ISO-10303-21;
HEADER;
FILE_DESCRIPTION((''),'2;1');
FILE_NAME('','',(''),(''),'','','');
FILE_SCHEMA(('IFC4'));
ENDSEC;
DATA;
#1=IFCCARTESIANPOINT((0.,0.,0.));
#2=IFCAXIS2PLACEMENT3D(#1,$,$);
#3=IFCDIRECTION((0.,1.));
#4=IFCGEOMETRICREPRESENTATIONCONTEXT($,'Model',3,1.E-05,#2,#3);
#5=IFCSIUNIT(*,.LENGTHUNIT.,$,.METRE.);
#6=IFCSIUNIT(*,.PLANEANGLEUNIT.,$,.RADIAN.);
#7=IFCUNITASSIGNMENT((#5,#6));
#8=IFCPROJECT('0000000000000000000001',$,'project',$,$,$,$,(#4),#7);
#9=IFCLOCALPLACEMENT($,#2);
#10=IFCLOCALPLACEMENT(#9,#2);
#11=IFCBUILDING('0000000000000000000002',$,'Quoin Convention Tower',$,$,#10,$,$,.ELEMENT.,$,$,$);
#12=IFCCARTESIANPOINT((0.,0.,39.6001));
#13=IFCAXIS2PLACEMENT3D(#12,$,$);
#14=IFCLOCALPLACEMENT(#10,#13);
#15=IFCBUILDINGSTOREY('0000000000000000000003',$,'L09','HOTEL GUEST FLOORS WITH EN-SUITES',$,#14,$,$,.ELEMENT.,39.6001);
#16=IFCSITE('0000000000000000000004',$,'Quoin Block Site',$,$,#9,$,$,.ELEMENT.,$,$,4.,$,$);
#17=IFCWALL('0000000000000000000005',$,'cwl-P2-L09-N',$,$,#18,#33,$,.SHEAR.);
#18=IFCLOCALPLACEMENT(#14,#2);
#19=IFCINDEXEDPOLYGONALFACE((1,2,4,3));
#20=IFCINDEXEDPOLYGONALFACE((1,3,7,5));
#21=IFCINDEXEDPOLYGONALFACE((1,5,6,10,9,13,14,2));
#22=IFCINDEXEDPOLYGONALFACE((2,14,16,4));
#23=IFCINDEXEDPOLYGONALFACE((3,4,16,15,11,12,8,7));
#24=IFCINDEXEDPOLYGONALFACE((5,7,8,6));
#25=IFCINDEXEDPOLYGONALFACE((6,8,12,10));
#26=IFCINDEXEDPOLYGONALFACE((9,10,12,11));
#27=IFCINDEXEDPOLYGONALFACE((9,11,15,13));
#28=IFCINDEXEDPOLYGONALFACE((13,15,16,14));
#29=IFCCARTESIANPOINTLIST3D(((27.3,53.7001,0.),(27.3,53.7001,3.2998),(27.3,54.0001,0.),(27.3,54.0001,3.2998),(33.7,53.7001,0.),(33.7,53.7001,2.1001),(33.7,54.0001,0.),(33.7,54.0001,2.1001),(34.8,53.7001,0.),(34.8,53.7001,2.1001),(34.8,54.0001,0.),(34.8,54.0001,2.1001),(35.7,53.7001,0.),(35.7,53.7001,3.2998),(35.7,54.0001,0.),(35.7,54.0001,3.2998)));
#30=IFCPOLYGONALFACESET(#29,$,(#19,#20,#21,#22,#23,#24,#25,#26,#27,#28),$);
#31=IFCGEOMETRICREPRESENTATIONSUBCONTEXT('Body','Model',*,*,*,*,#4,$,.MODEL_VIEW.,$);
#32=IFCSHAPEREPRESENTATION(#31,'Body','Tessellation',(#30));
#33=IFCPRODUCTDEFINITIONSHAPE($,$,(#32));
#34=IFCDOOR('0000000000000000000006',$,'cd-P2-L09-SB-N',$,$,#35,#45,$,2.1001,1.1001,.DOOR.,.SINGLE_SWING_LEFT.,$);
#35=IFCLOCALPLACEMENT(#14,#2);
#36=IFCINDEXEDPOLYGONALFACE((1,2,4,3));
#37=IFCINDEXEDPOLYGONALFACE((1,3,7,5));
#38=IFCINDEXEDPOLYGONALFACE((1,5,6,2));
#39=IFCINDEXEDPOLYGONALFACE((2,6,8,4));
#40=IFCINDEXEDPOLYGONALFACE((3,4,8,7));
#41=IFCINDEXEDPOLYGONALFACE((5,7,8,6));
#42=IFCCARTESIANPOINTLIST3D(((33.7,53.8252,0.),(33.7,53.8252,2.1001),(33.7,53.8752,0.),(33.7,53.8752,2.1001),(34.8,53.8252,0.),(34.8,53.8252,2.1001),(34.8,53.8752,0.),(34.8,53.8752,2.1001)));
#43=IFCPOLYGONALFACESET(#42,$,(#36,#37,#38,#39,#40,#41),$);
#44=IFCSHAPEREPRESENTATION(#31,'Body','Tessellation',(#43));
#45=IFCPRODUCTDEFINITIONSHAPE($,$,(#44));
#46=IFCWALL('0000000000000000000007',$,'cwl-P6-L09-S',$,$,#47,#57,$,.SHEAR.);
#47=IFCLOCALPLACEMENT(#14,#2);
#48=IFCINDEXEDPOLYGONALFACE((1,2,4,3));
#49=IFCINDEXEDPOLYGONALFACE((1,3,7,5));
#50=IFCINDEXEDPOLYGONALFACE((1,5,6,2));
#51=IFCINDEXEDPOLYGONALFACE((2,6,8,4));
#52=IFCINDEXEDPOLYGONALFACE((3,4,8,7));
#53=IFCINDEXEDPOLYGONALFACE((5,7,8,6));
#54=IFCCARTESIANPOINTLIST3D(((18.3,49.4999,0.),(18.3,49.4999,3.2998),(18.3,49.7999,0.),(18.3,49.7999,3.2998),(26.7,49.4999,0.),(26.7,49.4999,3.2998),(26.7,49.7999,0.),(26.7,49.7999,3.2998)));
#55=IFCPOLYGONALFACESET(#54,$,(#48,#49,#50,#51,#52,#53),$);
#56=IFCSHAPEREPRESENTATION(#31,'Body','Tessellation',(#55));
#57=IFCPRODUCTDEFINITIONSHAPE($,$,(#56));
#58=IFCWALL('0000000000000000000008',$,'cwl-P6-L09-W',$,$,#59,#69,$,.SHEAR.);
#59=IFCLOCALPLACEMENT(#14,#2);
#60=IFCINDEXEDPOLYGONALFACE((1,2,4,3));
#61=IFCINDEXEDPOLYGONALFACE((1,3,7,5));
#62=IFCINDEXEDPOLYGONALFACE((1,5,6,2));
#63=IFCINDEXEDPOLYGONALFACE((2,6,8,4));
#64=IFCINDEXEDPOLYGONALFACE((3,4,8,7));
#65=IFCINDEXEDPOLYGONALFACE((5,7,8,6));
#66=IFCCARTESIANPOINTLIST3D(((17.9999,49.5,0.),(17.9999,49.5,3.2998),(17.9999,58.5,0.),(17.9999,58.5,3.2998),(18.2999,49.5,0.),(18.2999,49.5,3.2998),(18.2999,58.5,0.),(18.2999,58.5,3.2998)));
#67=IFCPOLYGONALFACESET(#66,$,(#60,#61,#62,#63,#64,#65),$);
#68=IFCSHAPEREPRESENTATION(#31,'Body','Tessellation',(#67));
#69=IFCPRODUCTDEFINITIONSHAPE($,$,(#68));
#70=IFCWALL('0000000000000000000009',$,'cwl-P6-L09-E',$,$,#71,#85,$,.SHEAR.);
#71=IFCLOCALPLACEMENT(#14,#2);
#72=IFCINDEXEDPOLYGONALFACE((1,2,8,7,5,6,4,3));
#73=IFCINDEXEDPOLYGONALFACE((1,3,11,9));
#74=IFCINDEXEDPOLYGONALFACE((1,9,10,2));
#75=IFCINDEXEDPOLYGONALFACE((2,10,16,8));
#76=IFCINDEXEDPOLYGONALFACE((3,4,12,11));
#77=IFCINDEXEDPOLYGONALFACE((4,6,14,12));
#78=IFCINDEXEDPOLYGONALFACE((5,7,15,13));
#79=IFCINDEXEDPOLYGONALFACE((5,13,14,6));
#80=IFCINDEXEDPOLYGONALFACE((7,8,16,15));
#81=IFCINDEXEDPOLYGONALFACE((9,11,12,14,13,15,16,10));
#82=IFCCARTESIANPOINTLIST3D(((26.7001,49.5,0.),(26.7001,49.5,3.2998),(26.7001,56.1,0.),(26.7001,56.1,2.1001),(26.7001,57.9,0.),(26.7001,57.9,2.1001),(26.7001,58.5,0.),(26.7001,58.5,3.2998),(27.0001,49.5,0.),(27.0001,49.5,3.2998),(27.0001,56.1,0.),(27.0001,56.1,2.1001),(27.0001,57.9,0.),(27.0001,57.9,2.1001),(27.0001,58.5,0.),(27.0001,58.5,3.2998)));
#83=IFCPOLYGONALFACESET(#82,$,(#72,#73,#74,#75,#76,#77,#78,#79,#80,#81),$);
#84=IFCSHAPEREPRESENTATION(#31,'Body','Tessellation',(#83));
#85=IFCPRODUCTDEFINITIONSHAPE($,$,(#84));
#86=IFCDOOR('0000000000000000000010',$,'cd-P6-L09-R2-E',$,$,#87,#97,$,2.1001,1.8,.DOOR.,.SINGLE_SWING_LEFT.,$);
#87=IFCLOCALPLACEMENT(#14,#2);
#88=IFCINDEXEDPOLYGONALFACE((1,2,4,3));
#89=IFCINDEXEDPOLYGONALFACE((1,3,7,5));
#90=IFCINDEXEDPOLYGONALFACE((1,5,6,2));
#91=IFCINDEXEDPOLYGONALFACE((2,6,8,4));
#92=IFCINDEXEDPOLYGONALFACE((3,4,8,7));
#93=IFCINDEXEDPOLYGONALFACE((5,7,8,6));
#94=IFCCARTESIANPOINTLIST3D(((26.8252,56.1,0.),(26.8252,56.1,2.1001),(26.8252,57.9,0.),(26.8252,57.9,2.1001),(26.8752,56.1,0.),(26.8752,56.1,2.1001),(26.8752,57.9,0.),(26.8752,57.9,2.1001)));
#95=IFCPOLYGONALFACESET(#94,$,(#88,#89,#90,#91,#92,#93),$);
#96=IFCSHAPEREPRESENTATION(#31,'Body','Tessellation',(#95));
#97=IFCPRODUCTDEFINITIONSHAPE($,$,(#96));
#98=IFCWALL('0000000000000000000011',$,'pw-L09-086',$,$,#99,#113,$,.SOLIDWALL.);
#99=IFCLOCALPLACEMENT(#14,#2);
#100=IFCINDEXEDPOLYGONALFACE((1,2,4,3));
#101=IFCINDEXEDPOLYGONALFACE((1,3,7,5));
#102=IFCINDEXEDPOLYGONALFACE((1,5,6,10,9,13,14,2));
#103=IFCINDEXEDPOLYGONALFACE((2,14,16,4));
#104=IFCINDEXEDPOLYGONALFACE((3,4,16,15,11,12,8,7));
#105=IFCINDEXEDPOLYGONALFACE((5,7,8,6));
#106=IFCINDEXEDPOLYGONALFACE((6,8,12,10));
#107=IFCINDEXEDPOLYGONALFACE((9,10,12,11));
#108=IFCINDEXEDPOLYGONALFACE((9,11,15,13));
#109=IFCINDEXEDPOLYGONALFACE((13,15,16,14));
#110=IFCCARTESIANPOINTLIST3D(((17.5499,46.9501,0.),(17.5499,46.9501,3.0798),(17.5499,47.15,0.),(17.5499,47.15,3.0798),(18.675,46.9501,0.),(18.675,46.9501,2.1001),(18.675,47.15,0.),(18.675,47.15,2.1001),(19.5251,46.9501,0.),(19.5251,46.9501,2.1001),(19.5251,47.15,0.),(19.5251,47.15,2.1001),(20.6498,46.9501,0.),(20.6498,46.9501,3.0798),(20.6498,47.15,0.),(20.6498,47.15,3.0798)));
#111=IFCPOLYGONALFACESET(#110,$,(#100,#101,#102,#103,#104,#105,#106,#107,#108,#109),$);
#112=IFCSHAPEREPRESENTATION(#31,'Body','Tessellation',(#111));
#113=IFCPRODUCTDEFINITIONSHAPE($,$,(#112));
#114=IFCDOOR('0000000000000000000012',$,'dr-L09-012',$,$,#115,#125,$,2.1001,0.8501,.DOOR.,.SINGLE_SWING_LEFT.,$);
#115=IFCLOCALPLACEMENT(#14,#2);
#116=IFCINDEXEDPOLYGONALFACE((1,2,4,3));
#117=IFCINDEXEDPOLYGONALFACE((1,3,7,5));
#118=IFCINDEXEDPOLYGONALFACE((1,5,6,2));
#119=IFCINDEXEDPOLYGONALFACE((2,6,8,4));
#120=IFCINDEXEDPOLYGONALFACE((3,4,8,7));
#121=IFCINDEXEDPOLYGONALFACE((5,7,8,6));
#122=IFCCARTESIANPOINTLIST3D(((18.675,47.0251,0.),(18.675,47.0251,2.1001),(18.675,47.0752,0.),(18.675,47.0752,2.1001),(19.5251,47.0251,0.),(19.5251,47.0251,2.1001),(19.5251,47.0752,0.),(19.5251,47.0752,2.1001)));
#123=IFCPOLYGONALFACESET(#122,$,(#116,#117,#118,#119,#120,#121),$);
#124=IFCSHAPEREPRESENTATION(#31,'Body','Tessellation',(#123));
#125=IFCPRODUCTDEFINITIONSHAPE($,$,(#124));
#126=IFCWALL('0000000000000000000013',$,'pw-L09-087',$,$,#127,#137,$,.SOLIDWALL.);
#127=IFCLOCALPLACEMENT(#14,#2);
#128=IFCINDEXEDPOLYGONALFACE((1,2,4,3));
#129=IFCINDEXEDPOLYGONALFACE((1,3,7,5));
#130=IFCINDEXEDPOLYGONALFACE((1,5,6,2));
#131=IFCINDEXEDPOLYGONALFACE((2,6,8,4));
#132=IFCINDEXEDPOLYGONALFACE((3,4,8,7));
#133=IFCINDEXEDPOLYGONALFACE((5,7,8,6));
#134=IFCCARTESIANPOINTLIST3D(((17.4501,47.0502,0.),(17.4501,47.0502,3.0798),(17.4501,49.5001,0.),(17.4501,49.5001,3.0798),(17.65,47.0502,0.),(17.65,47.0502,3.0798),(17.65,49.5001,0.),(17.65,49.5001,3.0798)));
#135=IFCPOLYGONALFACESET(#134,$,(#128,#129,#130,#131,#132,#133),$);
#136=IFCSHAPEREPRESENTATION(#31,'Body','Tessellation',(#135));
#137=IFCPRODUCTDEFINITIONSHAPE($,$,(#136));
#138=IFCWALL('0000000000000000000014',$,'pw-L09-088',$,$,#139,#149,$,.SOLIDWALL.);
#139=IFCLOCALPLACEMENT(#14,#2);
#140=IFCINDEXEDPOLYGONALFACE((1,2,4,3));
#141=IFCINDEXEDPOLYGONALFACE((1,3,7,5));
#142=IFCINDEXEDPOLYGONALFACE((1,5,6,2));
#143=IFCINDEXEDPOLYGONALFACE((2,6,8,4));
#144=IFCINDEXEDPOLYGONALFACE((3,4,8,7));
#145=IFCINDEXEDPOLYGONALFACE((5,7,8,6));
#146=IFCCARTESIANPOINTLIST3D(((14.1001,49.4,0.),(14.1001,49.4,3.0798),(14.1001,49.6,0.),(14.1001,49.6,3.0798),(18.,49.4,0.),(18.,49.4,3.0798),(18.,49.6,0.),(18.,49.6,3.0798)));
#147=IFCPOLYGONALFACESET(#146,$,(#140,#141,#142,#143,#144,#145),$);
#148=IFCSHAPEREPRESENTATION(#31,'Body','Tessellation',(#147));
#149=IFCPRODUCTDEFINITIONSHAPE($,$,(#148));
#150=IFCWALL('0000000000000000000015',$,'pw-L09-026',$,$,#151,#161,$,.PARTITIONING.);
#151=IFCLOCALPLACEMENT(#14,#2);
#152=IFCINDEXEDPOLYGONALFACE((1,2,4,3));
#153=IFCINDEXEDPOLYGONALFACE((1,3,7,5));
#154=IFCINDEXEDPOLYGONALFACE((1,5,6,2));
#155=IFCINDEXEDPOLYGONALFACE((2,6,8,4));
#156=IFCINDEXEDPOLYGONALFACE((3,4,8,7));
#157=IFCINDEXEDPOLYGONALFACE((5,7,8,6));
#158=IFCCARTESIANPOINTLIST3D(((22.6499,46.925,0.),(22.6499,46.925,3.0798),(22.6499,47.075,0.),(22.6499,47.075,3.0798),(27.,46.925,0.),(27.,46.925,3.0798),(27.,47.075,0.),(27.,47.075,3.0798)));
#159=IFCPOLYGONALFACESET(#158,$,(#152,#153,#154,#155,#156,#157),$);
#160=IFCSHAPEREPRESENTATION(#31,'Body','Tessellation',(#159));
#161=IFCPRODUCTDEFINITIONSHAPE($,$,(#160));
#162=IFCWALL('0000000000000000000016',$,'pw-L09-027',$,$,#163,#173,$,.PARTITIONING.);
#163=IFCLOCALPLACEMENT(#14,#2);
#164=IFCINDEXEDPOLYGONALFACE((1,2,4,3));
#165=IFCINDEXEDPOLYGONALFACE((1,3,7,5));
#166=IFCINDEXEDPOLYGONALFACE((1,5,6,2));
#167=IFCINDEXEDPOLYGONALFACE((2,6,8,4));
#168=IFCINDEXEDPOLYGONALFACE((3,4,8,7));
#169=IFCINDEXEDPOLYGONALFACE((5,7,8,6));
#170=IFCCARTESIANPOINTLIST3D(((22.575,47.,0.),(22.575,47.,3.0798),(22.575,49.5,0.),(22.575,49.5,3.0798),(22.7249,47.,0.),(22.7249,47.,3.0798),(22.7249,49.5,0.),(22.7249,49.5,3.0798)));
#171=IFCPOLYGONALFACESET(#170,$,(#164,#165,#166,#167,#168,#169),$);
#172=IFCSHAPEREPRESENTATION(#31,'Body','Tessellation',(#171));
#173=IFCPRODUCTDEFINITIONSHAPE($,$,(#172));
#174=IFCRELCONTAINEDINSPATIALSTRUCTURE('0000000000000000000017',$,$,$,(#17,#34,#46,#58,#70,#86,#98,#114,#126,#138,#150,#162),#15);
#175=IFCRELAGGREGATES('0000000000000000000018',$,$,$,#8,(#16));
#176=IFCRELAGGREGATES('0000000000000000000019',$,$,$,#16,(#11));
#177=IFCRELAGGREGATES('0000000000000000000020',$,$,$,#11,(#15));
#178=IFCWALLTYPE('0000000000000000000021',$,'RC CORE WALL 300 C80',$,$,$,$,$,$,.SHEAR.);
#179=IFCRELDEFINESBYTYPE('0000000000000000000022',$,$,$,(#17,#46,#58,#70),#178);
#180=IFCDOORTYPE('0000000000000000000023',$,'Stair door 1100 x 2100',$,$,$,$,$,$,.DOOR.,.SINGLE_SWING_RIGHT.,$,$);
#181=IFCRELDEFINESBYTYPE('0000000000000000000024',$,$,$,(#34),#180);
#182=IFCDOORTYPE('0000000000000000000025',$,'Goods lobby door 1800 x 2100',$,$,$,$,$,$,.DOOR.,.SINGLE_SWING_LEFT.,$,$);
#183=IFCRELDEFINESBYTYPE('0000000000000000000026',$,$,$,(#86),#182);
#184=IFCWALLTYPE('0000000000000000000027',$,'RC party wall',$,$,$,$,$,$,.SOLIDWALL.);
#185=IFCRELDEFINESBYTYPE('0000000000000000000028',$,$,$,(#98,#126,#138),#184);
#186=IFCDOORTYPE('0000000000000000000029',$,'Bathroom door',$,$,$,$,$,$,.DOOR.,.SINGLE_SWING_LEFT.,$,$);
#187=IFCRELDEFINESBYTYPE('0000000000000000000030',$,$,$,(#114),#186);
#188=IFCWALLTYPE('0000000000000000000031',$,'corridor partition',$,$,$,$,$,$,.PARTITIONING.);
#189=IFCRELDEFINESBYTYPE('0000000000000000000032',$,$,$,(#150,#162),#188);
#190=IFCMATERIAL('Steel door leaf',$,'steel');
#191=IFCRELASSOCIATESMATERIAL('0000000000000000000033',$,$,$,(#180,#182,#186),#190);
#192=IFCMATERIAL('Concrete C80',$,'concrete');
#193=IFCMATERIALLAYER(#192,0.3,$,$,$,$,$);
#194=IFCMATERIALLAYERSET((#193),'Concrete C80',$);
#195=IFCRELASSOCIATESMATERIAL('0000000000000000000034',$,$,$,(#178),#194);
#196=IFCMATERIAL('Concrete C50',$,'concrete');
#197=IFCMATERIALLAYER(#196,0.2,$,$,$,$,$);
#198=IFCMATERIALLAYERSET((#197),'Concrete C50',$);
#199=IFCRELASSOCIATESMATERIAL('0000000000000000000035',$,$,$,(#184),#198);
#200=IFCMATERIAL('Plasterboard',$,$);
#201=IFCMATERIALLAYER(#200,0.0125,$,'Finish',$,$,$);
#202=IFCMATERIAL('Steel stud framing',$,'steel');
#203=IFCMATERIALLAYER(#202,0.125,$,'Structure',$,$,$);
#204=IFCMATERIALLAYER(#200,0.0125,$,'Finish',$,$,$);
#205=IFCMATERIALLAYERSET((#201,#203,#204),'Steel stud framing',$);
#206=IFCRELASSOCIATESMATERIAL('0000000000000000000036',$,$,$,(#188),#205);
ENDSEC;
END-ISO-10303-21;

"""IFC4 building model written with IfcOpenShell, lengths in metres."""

from ifc_helpers import new_model, si_unit, direction, frame, frame_2d, origin, place, context, subcontext, project, spatial, rectangle, extrude, material, layer, layer_set, type_object, element, fill, save


model = new_model("IFC4")

# Units and contexts
model_context = context("Model", 3, precision=1e-05, world=origin(), true_north=direction((0.0, 1.0)))
body_context = subcontext(model_context, "Body", "Model", "MODEL_VIEW")
ifc_project = project(units=[si_unit("LENGTHUNIT", "METRE"), si_unit("PLANEANGLEUNIT", "RADIAN")], contexts=[model_context])

# Site, building, storey
site_placement = place(None, origin())
site = spatial("IfcSite", under=ifc_project, at=site_placement, Name="Quoin Block Site", CompositionType="ELEMENT", RefElevation=4.0)
building_placement = place(site_placement, origin())
building = spatial("IfcBuilding", under=site, at=building_placement, Name="Quoin Convention Tower", CompositionType="ELEMENT")
storey_placement = place(building_placement, frame((0.0, 0.0, 39.6001)))
storey = spatial("IfcBuildingStorey", under=building, at=storey_placement, Name="L09", Description="HOTEL GUEST FLOORS WITH EN-SUITES", CompositionType="ELEMENT", Elevation=39.6001)

# Shared definitions
ifc_material_1 = material(Name="Concrete C80", Category="concrete")

# Shared definitions
ifc_material_2 = material(Name="Concrete C50", Category="concrete")

# Shared definitions
ifc_material_3 = material(Name="Steel door leaf", Category="steel")
door_type_1 = type_object("IfcDoorType", Name="Stair door 1100 x 2100", OperationType="SINGLE_SWING_RIGHT", PredefinedType="DOOR", material=ifc_material_3)

# Wall, opening, door
ifc_layer_1 = layer(ifc_material_1, 0.3)
ifc_layer_set_1 = layer_set([ifc_layer_1], Name="Concrete C80")
wall_type_1 = type_object("IfcWallType", Name="RC CORE WALL 300 C80", PredefinedType="SHEAR", material=ifc_layer_set_1)
wall_1_placement = place(storey_placement, frame((27.3, 53.8501, 0.0), z_axis=(0.0, 0.0, 1.0), x_axis=(1.0, 0.0, 0.0)))
wall_1 = element("IfcWall", 1, at=wall_1_placement, inside=storey, type_object=wall_type_1, Name="cwl-P2-L09-N", PredefinedType="SHEAR", context=body_context, shape_type="SweptSolid", body=[
    extrude(rectangle(XDim=8.3999, YDim=0.3, at=frame_2d((4.2, 0.0))), origin(), (0.0, 0.0, 1.0), 3.2998),
])
opening_1_placement = place(wall_1_placement, frame((6.3999, 0.0, 0.0)))
opening_1 = element("IfcOpeningElement", 2, at=opening_1_placement, cuts=wall_1, PredefinedType="OPENING", context=body_context, shape_type="SweptSolid", body=[
    extrude(rectangle(XDim=1.1001, YDim=2.1001, at=frame_2d((0.55, 1.05))), frame((0.0, 0.1599, 0.0), z_axis=(0.0, -1.0, 0.0), x_axis=(1.0, 0.0, 0.0)), (0.0, 0.0, 1.0), 0.3201),
])
door_1_placement = place(opening_1_placement, frame((1.1001, 0.0, 0.0), z_axis=(0.0, 0.0, 1.0), x_axis=(-1.0, 0.0, 0.0)))
door_1 = element("IfcDoor", 3, at=door_1_placement, inside=storey, type_object=door_type_1, Name="cd-P2-L09-SB-N", OperationType="SINGLE_SWING_LEFT", OverallHeight=2.1001, OverallWidth=1.1001, PredefinedType="DOOR", context=body_context, shape_type="SweptSolid", body=[
    extrude(rectangle(XDim=1.1001, YDim=2.1001, at=frame_2d((0.55, 1.05))), frame((0.0, 0.0249, 0.0), z_axis=(0.0, -1.0, 0.0), x_axis=(1.0, 0.0, 0.0)), (0.0, 0.0, 1.0), 0.05),
])
fill(opening_1, door_1)

# Walls
wall_2_placement = place(storey_placement, frame((18.3, 49.6499, 0.0), z_axis=(0.0, 0.0, 1.0), x_axis=(1.0, 0.0, 0.0)))
element("IfcWall", 4, at=wall_2_placement, inside=storey, type_object=wall_type_1, Name="cwl-P6-L09-S", PredefinedType="SHEAR", context=body_context, shape_type="SweptSolid", body=[
    extrude(rectangle(XDim=8.3999, YDim=0.3, at=frame_2d((4.2, 0.0))), origin(), (0.0, 0.0, 1.0), 3.2998),
])
wall_3_placement = place(storey_placement, frame((18.1499, 49.5, 0.0), z_axis=(0.0, 0.0, 1.0), x_axis=(0.0, 1.0, 0.0)))
element("IfcWall", 5, at=wall_3_placement, inside=storey, type_object=wall_type_1, Name="cwl-P6-L09-W", PredefinedType="SHEAR", context=body_context, shape_type="SweptSolid", body=[
    extrude(rectangle(XDim=9.0, YDim=0.3, at=frame_2d((4.5, 0.0))), origin(), (0.0, 0.0, 1.0), 3.2998),
])

# Walls, openings, doors
wall_4_placement = place(storey_placement, frame((26.8501, 49.5, 0.0), z_axis=(0.0, 0.0, 1.0), x_axis=(0.0, 1.0, 0.0)))
wall_4 = element("IfcWall", 6, at=wall_4_placement, inside=storey, type_object=wall_type_1, Name="cwl-P6-L09-E", PredefinedType="SHEAR", context=body_context, shape_type="SweptSolid", body=[
    extrude(rectangle(XDim=9.0, YDim=0.3, at=frame_2d((4.5, 0.0))), origin(), (0.0, 0.0, 1.0), 3.2998),
])
opening_2_placement = place(wall_4_placement, frame((6.6001, 0.0, 0.0)))
opening_2 = element("IfcOpeningElement", 7, at=opening_2_placement, cuts=wall_4, PredefinedType="OPENING", context=body_context, shape_type="SweptSolid", body=[
    extrude(rectangle(XDim=1.8, YDim=2.1001, at=frame_2d((0.8999, 1.05))), frame((0.0, 0.1599, 0.0), z_axis=(0.0, -1.0, 0.0), x_axis=(1.0, 0.0, 0.0)), (0.0, 0.0, 1.0), 0.3201),
])
door_type_2 = type_object("IfcDoorType", Name="Goods lobby door 1800 x 2100", OperationType="SINGLE_SWING_LEFT", PredefinedType="DOOR", material=ifc_material_3)
door_2_placement = place(opening_2_placement, origin())
door_2 = element("IfcDoor", 8, at=door_2_placement, inside=storey, type_object=door_type_2, Name="cd-P6-L09-R2-E", OperationType="SINGLE_SWING_LEFT", OverallHeight=2.1001, OverallWidth=1.8, PredefinedType="DOOR", context=body_context, shape_type="SweptSolid", body=[
    extrude(rectangle(XDim=1.8, YDim=2.1001, at=frame_2d((0.8999, 1.05))), frame((0.0, 0.0249, 0.0), z_axis=(0.0, -1.0, 0.0), x_axis=(1.0, 0.0, 0.0)), (0.0, 0.0, 1.0), 0.05),
])
fill(opening_2, door_2)
ifc_layer_2 = layer(ifc_material_2, 0.2)
ifc_layer_set_2 = layer_set([ifc_layer_2], Name="Concrete C50")
wall_type_2 = type_object("IfcWallType", Name="RC party wall", PredefinedType="SOLIDWALL", material=ifc_layer_set_2)
wall_5_placement = place(storey_placement, frame((17.55, 47.05, 0.0), z_axis=(0.0, 0.0, 1.0), x_axis=(1.0, 0.0, 0.0)))
wall_5 = element("IfcWall", 9, at=wall_5_placement, inside=storey, type_object=wall_type_2, Name="pw-L09-086", PredefinedType="SOLIDWALL", context=body_context, shape_type="SweptSolid", body=[
    extrude(rectangle(XDim=3.0999, YDim=0.2, at=frame_2d((1.5498, 0.0))), origin(), (0.0, 0.0, 1.0), 3.0798),
])
opening_3_placement = place(wall_5_placement, frame((1.125, 0.0, 0.0)))
opening_3 = element("IfcOpeningElement", 10, at=opening_3_placement, cuts=wall_5, PredefinedType="OPENING", context=body_context, shape_type="SweptSolid", body=[
    extrude(rectangle(XDim=0.8501, YDim=2.1001, at=frame_2d((0.425, 1.05))), frame((0.0, 0.1099, 0.0), z_axis=(0.0, -1.0, 0.0), x_axis=(1.0, 0.0, 0.0)), (0.0, 0.0, 1.0), 0.22),
])
door_type_3 = type_object("IfcDoorType", Name="Bathroom door", OperationType="SINGLE_SWING_LEFT", PredefinedType="DOOR", material=ifc_material_3)
door_3_placement = place(opening_3_placement, frame((0.8501, 0.0, 0.0), z_axis=(0.0, 0.0, 1.0), x_axis=(-1.0, 0.0, 0.0)))
door_3 = element("IfcDoor", 11, at=door_3_placement, inside=storey, type_object=door_type_3, Name="dr-L09-012", OperationType="SINGLE_SWING_LEFT", OverallHeight=2.1001, OverallWidth=0.8501, PredefinedType="DOOR", context=body_context, shape_type="SweptSolid", body=[
    extrude(rectangle(XDim=0.8501, YDim=2.1001, at=frame_2d((0.425, 1.05))), frame((0.0, 0.0249, 0.0), z_axis=(0.0, -1.0, 0.0), x_axis=(1.0, 0.0, 0.0)), (0.0, 0.0, 1.0), 0.05),
])
fill(opening_3, door_3)

# Walls
wall_6_placement = place(storey_placement, frame((17.55, 47.05, 0.0), z_axis=(0.0, 0.0, 1.0), x_axis=(0.0, 1.0, 0.0)))
element("IfcWall", 12, at=wall_6_placement, inside=storey, type_object=wall_type_2, Name="pw-L09-087", PredefinedType="SOLIDWALL", context=body_context, shape_type="SweptSolid", body=[
    extrude(rectangle(XDim=2.45, YDim=0.2, at=frame_2d((1.2251, 0.0))), origin(), (0.0, 0.0, 1.0), 3.0798),
])
wall_7_placement = place(storey_placement, frame((14.1001, 49.5, 0.0), z_axis=(0.0, 0.0, 1.0), x_axis=(1.0, 0.0, 0.0)))
element("IfcWall", 13, at=wall_7_placement, inside=storey, type_object=wall_type_2, Name="pw-L09-088", PredefinedType="SOLIDWALL", context=body_context, shape_type="SweptSolid", body=[
    extrude(rectangle(XDim=3.8999, YDim=0.2, at=frame_2d((1.95, 0.0))), origin(), (0.0, 0.0, 1.0), 3.0798),
])
ifc_material_4 = material(Name="Plasterboard")
ifc_layer_3 = layer(ifc_material_4, 0.0125, Name="Finish")
ifc_material_5 = material(Name="Steel stud framing", Category="steel")
ifc_layer_4 = layer(ifc_material_5, 0.125, Name="Structure")
ifc_layer_5 = layer(ifc_material_4, 0.0125, Name="Finish")
ifc_layer_set_3 = layer_set([ifc_layer_3, ifc_layer_4, ifc_layer_5], Name="Steel stud framing")
wall_type_3 = type_object("IfcWallType", Name="corridor partition", PredefinedType="PARTITIONING", material=ifc_layer_set_3)
wall_8_placement = place(storey_placement, frame((22.6499, 47.0, 0.0), z_axis=(0.0, 0.0, 1.0), x_axis=(1.0, 0.0, 0.0)))
element("IfcWall", 14, at=wall_8_placement, inside=storey, type_object=wall_type_3, Name="pw-L09-026", PredefinedType="PARTITIONING", context=body_context, shape_type="SweptSolid", body=[
    extrude(rectangle(XDim=4.3501, YDim=0.1499, at=frame_2d((2.175, 0.0))), origin(), (0.0, 0.0, 1.0), 3.0798),
])
wall_9_placement = place(storey_placement, frame((22.6499, 47.0, 0.0), z_axis=(0.0, 0.0, 1.0), x_axis=(0.0, 1.0, 0.0)))
element("IfcWall", 15, at=wall_9_placement, inside=storey, type_object=wall_type_3, Name="pw-L09-027", PredefinedType="PARTITIONING", context=body_context, shape_type="SweptSolid", body=[
    extrude(rectangle(XDim=2.5, YDim=0.1499, at=frame_2d((1.25, 0.0))), origin(), (0.0, 0.0, 1.0), 3.0798),
])

save(model, "model.ifc")
